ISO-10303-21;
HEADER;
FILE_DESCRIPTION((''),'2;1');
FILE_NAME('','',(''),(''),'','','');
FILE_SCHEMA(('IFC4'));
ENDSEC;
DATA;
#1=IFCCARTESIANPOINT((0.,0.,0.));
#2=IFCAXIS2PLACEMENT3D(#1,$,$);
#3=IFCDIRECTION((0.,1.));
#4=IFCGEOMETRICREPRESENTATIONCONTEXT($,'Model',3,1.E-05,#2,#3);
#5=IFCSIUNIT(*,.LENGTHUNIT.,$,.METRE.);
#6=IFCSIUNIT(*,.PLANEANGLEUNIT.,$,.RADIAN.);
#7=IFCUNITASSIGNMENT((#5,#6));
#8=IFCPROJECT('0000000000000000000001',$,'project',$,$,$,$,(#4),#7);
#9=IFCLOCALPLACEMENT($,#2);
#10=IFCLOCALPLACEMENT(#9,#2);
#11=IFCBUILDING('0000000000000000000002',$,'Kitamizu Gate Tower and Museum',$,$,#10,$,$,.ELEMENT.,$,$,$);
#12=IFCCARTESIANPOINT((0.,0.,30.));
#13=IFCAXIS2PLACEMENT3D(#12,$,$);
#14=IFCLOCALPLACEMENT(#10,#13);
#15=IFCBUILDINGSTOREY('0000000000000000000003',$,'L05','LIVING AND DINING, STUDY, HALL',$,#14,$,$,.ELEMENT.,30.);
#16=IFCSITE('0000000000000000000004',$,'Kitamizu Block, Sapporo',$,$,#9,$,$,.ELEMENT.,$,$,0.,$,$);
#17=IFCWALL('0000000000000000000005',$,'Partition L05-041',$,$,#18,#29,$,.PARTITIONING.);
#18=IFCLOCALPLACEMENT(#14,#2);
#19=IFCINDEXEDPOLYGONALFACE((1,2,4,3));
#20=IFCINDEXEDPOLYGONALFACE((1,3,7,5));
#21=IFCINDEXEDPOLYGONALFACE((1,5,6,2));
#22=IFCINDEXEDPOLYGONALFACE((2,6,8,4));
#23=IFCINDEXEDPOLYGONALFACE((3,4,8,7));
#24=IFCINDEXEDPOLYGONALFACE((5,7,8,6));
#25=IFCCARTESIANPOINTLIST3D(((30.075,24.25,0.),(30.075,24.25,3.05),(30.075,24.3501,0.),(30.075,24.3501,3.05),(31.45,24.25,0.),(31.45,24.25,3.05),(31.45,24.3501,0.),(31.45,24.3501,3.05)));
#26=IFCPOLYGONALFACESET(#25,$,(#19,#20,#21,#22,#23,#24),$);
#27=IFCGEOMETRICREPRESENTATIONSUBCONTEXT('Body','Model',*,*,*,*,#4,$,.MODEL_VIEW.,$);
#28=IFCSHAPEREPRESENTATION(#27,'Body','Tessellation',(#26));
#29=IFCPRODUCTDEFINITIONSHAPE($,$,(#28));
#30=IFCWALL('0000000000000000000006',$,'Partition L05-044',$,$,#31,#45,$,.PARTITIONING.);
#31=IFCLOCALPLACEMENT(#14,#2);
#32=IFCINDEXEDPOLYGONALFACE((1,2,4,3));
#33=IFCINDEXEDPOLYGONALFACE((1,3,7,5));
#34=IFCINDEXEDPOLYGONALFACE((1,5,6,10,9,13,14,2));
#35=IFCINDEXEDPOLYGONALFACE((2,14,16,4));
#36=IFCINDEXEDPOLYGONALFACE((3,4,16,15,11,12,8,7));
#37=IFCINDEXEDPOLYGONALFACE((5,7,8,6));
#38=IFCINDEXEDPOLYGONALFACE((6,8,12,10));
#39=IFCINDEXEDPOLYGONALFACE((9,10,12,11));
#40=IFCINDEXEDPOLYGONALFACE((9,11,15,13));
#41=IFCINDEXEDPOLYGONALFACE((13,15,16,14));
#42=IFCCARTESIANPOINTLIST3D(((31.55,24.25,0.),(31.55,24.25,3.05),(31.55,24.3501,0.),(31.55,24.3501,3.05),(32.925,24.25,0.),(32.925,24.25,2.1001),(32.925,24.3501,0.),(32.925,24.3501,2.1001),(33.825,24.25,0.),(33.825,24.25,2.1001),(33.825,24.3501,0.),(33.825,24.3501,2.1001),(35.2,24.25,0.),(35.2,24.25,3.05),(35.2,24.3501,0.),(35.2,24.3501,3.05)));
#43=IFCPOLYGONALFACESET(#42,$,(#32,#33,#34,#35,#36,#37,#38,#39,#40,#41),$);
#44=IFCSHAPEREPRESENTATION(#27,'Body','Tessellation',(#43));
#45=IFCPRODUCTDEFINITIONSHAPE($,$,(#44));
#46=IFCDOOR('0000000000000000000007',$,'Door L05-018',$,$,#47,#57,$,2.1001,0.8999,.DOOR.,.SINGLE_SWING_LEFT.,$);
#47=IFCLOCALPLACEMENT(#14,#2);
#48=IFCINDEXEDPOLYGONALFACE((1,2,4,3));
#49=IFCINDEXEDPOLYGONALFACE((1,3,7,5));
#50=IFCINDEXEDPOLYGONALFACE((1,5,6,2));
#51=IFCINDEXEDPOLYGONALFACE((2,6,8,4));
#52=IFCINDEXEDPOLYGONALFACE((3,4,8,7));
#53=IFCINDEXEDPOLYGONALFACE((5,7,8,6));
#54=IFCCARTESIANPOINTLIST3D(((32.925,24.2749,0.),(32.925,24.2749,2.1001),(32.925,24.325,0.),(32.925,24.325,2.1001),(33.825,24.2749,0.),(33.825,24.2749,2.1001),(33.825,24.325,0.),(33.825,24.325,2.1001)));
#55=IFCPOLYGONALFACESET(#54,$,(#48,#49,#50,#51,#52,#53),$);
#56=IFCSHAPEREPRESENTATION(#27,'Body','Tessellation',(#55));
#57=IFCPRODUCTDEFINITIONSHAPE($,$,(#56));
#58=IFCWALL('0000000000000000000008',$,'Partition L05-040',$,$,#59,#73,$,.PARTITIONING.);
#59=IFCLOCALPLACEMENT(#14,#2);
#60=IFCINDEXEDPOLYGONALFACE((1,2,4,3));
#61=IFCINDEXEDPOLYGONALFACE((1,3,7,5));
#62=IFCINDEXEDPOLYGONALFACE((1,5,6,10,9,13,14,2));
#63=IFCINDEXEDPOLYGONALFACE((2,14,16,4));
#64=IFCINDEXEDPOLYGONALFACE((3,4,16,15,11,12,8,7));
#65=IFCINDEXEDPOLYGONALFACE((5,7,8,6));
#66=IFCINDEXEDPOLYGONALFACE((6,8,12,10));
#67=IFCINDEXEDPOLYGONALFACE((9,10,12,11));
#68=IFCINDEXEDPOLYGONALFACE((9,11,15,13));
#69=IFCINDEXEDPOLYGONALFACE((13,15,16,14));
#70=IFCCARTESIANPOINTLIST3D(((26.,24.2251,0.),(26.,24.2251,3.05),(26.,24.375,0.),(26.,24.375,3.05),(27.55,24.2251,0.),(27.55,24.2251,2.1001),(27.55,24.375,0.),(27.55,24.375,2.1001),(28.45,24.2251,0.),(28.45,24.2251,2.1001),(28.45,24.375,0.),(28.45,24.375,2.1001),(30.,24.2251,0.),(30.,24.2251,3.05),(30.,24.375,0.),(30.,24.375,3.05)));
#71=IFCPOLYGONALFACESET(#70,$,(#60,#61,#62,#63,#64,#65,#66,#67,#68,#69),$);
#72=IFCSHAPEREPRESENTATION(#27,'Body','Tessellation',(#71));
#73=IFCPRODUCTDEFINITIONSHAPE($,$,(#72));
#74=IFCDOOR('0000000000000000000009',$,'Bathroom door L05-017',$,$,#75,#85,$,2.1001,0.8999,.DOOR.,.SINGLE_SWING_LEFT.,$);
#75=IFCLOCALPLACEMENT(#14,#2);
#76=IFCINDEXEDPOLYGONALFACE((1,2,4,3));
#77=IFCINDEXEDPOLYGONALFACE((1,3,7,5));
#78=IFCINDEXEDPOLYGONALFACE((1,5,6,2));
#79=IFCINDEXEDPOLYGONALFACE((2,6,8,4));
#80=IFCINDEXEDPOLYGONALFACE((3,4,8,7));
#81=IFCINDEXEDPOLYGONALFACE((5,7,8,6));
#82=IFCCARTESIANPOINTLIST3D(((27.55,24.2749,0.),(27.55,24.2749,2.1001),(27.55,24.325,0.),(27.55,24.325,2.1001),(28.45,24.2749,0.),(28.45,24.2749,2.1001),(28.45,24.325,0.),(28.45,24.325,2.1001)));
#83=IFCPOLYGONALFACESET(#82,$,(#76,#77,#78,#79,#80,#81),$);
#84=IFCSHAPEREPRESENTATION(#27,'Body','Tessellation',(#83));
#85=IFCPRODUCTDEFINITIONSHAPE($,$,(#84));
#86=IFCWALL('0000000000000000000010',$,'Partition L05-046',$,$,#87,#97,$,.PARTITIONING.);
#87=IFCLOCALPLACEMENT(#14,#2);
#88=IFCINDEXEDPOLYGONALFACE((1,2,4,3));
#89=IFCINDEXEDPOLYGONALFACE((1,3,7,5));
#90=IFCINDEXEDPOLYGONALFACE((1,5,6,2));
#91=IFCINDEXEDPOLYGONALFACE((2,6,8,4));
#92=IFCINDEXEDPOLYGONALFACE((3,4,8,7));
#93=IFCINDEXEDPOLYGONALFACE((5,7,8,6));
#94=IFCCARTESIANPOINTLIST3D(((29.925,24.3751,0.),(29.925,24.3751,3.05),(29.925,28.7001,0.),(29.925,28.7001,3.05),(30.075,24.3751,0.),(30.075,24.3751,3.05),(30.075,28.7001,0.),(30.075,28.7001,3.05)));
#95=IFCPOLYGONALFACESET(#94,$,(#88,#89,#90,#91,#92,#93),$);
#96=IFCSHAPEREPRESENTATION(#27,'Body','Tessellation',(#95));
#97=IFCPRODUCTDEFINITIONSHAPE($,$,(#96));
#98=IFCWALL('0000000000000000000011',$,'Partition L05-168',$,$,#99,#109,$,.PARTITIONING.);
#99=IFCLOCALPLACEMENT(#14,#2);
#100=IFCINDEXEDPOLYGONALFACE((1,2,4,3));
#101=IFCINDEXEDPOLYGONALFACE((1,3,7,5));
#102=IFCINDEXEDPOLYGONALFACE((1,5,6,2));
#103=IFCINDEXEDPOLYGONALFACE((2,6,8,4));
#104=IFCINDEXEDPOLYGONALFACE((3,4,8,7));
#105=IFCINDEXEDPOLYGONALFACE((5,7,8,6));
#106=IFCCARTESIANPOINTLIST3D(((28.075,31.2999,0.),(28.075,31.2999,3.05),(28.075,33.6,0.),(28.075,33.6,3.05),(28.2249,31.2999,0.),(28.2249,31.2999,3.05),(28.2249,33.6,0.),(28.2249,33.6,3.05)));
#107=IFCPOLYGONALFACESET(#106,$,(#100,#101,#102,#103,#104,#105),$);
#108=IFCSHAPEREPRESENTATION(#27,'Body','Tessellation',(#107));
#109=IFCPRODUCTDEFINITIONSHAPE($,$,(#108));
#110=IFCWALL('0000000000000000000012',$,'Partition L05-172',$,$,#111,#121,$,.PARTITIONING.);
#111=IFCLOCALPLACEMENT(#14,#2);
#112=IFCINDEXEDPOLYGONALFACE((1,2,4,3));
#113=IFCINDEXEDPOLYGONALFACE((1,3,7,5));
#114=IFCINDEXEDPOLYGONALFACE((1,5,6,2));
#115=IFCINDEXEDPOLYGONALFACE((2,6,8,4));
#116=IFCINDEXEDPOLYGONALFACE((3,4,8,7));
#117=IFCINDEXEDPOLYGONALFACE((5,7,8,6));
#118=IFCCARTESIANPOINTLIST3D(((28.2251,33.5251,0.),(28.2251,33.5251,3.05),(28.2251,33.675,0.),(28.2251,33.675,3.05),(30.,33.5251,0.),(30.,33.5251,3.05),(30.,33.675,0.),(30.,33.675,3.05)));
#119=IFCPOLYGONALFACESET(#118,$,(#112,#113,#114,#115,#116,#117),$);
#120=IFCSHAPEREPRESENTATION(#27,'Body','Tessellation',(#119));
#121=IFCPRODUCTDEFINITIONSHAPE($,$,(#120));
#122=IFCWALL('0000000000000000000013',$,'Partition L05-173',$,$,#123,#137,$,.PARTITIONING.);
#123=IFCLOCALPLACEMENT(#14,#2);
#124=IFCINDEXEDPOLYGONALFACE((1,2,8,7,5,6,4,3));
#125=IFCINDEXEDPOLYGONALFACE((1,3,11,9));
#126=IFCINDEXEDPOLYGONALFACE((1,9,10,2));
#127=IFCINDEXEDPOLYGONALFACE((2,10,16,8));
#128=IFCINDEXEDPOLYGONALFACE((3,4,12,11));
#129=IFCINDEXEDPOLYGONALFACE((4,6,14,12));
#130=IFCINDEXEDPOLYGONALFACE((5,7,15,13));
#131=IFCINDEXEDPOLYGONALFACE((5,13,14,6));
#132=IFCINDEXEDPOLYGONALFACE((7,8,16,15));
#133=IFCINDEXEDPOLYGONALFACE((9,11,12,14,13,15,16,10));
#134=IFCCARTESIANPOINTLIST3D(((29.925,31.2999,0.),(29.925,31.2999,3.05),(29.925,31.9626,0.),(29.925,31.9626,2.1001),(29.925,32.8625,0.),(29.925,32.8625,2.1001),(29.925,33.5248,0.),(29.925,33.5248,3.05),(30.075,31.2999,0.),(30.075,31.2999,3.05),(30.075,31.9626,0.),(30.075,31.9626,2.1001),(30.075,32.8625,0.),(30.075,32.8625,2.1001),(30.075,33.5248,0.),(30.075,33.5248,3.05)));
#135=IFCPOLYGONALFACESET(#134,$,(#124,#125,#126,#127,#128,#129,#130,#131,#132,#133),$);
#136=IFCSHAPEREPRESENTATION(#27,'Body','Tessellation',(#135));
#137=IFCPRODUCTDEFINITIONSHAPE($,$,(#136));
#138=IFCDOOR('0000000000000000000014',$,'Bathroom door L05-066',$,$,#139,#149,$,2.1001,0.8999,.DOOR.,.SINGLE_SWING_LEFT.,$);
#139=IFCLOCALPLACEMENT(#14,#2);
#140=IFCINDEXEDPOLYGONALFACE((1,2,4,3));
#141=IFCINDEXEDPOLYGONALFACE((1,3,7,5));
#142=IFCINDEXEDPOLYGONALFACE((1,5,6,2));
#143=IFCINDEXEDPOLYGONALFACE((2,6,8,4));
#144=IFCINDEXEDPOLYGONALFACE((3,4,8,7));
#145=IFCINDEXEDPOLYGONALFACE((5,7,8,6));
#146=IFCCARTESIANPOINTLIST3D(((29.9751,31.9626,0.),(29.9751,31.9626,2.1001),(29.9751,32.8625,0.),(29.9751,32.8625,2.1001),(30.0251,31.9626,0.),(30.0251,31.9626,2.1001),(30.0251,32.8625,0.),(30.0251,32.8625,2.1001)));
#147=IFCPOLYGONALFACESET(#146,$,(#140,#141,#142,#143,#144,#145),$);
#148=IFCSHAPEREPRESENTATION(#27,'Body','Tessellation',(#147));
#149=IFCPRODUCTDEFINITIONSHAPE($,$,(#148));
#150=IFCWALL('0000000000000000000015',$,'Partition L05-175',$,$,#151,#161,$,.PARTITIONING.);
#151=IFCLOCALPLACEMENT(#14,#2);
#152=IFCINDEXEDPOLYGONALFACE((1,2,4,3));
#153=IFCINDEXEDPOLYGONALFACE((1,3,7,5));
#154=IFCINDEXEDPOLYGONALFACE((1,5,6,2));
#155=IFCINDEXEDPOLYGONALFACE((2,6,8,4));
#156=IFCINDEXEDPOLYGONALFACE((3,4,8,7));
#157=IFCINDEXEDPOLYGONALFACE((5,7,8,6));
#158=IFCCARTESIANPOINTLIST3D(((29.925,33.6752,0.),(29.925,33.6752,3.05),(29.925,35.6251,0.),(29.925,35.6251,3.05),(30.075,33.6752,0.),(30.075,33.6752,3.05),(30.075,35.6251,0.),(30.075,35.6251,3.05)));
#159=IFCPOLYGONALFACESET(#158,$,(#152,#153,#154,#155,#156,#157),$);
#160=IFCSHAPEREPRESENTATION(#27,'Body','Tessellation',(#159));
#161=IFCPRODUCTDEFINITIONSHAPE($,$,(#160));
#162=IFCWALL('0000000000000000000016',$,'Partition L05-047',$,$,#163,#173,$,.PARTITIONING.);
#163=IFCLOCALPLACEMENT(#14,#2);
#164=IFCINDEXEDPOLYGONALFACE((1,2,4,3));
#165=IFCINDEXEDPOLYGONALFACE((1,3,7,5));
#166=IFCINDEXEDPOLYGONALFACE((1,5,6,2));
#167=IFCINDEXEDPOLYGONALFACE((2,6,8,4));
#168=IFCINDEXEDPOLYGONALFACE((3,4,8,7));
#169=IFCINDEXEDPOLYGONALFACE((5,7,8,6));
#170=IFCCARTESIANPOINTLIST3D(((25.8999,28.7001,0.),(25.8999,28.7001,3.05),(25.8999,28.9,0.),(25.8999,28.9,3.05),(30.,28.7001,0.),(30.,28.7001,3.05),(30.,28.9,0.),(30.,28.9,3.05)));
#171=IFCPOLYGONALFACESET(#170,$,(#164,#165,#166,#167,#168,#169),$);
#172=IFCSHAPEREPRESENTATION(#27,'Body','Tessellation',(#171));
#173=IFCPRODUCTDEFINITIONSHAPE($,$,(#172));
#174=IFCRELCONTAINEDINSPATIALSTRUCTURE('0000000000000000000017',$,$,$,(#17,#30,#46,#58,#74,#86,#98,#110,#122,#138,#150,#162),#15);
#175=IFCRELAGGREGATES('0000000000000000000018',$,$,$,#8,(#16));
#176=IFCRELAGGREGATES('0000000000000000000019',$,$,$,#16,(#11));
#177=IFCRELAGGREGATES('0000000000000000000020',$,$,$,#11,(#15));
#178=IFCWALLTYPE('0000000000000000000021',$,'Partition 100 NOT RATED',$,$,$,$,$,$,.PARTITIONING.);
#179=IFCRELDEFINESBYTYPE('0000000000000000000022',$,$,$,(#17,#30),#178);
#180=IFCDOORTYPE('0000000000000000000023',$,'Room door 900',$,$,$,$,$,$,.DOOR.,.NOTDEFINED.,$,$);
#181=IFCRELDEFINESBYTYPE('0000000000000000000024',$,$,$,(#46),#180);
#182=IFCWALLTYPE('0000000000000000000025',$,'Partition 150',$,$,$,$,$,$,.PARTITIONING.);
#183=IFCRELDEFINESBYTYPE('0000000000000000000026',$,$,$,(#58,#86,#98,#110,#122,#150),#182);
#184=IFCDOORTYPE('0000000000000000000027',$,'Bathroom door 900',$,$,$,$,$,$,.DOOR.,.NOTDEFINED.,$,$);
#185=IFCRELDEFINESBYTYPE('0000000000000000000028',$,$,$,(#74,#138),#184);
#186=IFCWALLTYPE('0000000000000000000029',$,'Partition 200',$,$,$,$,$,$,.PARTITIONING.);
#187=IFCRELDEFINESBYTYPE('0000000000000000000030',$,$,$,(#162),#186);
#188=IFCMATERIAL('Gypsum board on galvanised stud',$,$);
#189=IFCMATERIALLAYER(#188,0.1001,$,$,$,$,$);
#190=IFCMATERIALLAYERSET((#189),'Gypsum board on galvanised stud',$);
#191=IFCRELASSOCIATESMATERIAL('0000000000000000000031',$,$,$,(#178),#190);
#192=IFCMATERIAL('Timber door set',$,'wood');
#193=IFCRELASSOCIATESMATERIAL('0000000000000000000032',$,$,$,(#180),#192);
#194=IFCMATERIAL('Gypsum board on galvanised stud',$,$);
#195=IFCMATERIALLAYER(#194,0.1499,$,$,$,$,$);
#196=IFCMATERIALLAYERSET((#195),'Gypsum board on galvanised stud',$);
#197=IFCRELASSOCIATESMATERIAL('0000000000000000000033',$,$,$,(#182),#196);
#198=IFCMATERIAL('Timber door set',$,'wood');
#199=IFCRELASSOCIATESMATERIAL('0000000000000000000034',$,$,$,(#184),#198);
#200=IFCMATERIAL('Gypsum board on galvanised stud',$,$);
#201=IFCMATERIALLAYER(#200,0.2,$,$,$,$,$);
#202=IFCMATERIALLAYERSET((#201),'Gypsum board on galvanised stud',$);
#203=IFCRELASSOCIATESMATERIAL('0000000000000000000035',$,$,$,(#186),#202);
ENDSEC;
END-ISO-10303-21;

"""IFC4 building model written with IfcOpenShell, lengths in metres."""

from ifc_helpers import new_model, si_unit, direction, frame, frame_2d, origin, place, context, subcontext, project, spatial, rectangle, extrude, material, layer, layer_set, type_object, element, fill, save


model = new_model("IFC4")

# Units and contexts
model_context = context("Model", 3, precision=1e-05, world=origin(), true_north=direction((0.0, 1.0)))
body_context = subcontext(model_context, "Body", "Model", "MODEL_VIEW")
ifc_project = project(units=[si_unit("LENGTHUNIT", "METRE"), si_unit("PLANEANGLEUNIT", "RADIAN")], contexts=[model_context])

# Site, building, storey
site_placement = place(None, origin())
site = spatial("IfcSite", under=ifc_project, at=site_placement, Name="Kitamizu Block, Sapporo", CompositionType="ELEMENT", RefElevation=0.0)
building_placement = place(site_placement, origin())
building = spatial("IfcBuilding", under=site, at=building_placement, Name="Kitamizu Gate Tower and Museum", CompositionType="ELEMENT")
storey_placement = place(building_placement, frame((0.0, 0.0, 30.0)))
storey = spatial("IfcBuildingStorey", under=building, at=storey_placement, Name="L05", Description="LIVING AND DINING, STUDY, HALL", CompositionType="ELEMENT", Elevation=30.0)

# Wall
ifc_material_1 = material(Name="Gypsum board on galvanised stud")
ifc_layer_1 = layer(ifc_material_1, 0.1001)
ifc_layer_set_1 = layer_set([ifc_layer_1], Name="Gypsum board on galvanised stud")
wall_type_1 = type_object("IfcWallType", Name="Partition 100 NOT RATED", PredefinedType="PARTITIONING", material=ifc_layer_set_1)
wall_1_placement = place(storey_placement, frame((31.45, 24.3, 0.0), z_axis=(0.0, 0.0, 1.0), x_axis=(-1.0, 0.0, 0.0)))
element("IfcWall", 1, at=wall_1_placement, inside=storey, type_object=wall_type_1, Name="Partition L05-041", PredefinedType="PARTITIONING", context=body_context, shape_type="SweptSolid", body=[
    extrude(rectangle(XDim=1.375, YDim=0.1001, at=frame_2d((0.6875, 0.0))), origin(), (0.0, 0.0, 1.0), 3.05),
])

# Walls, openings, doors
wall_2_placement = place(storey_placement, frame((35.2, 24.3, 0.0), z_axis=(0.0, 0.0, 1.0), x_axis=(-1.0, 0.0, 0.0)))
wall_2 = element("IfcWall", 2, at=wall_2_placement, inside=storey, type_object=wall_type_1, Name="Partition L05-044", PredefinedType="PARTITIONING", context=body_context, shape_type="SweptSolid", body=[
    extrude(rectangle(XDim=3.6499, YDim=0.1001, at=frame_2d((1.825, 0.0))), origin(), (0.0, 0.0, 1.0), 3.05),
])
opening_1_placement = place(wall_2_placement, frame((1.375, 0.0, 0.0)))
opening_1 = element("IfcOpeningElement", 3, at=opening_1_placement, cuts=wall_2, PredefinedType="OPENING", context=body_context, shape_type="SweptSolid", body=[
    extrude(rectangle(XDim=0.8999, YDim=2.1001, at=frame_2d((0.45, 1.05))), frame((0.0, 0.0601, 0.0), z_axis=(0.0, -1.0, 0.0), x_axis=(1.0, 0.0, 0.0)), (0.0, 0.0, 1.0), 0.1201),
])
ifc_material_2 = material(Name="Timber door set", Category="wood")
door_type_1 = type_object("IfcDoorType", Name="Room door 900", OperationType="NOTDEFINED", PredefinedType="DOOR", material=ifc_material_2)
door_1_placement = place(opening_1_placement, frame((0.8999, 0.0, 0.0), x_axis=(-1.0, 0.0, 0.0)))
door_1 = element("IfcDoor", 4, at=door_1_placement, inside=storey, type_object=door_type_1, Name="Door L05-018", OperationType="SINGLE_SWING_LEFT", OverallHeight=2.1001, OverallWidth=0.8999, PredefinedType="DOOR", context=body_context, shape_type="SweptSolid", body=[
    extrude(rectangle(XDim=0.8999, YDim=2.1001, at=frame_2d((0.45, 1.05))), frame((0.0, 0.0249, 0.0), z_axis=(0.0, -1.0, 0.0), x_axis=(1.0, 0.0, 0.0)), (0.0, 0.0, 1.0), 0.05),
])
fill(opening_1, door_1)
ifc_material_3 = material(Name="Gypsum board on galvanised stud")
ifc_layer_2 = layer(ifc_material_3, 0.1499)
ifc_layer_set_2 = layer_set([ifc_layer_2], Name="Gypsum board on galvanised stud")
wall_type_2 = type_object("IfcWallType", Name="Partition 150", PredefinedType="PARTITIONING", material=ifc_layer_set_2)
wall_3_placement = place(storey_placement, frame((30.0, 24.3, 0.0), z_axis=(0.0, 0.0, 1.0), x_axis=(-1.0, 0.0, 0.0)))
wall_3 = element("IfcWall", 5, at=wall_3_placement, inside=storey, type_object=wall_type_2, Name="Partition L05-040", PredefinedType="PARTITIONING", context=body_context, shape_type="SweptSolid", body=[
    extrude(rectangle(XDim=4.0, YDim=0.1499, at=frame_2d((2.0, 0.0))), origin(), (0.0, 0.0, 1.0), 3.05),
])
opening_2_placement = place(wall_3_placement, frame((1.55, 0.0, 0.0)))
opening_2 = element("IfcOpeningElement", 6, at=opening_2_placement, cuts=wall_3, PredefinedType="OPENING", context=body_context, shape_type="SweptSolid", body=[
    extrude(rectangle(XDim=0.8999, YDim=2.1001, at=frame_2d((0.45, 1.05))), frame((0.0, 0.085, 0.0), z_axis=(0.0, -1.0, 0.0), x_axis=(1.0, 0.0, 0.0)), (0.0, 0.0, 1.0), 0.1699),
])
ifc_material_4 = material(Name="Timber door set", Category="wood")
door_type_2 = type_object("IfcDoorType", Name="Bathroom door 900", OperationType="NOTDEFINED", PredefinedType="DOOR", material=ifc_material_4)
door_2_placement = place(opening_2_placement, frame((0.8999, 0.0, 0.0), x_axis=(-1.0, 0.0, 0.0)))
door_2 = element("IfcDoor", 7, at=door_2_placement, inside=storey, type_object=door_type_2, Name="Bathroom door L05-017", OperationType="SINGLE_SWING_LEFT", OverallHeight=2.1001, OverallWidth=0.8999, PredefinedType="DOOR", context=body_context, shape_type="SweptSolid", body=[
    extrude(rectangle(XDim=0.8999, YDim=2.1001, at=frame_2d((0.45, 1.05))), frame((0.0, 0.0249, 0.0), z_axis=(0.0, -1.0, 0.0), x_axis=(1.0, 0.0, 0.0)), (0.0, 0.0, 1.0), 0.05),
])
fill(opening_2, door_2)

# Walls
wall_4_placement = place(storey_placement, frame((30.0, 24.375, 0.0), z_axis=(0.0, 0.0, 1.0), x_axis=(0.0, 1.0, 0.0)))
element("IfcWall", 8, at=wall_4_placement, inside=storey, type_object=wall_type_2, Name="Partition L05-046", PredefinedType="PARTITIONING", context=body_context, shape_type="SweptSolid", body=[
    extrude(rectangle(XDim=4.325, YDim=0.1499, at=frame_2d((2.1626, 0.0))), origin(), (0.0, 0.0, 1.0), 3.05),
])
wall_5_placement = place(storey_placement, frame((28.1499, 31.3, 0.0), z_axis=(0.0, 0.0, 1.0), x_axis=(0.0, 1.0, 0.0)))
element("IfcWall", 9, at=wall_5_placement, inside=storey, type_object=wall_type_2, Name="Partition L05-168", PredefinedType="PARTITIONING", context=body_context, shape_type="SweptSolid", body=[
    extrude(rectangle(XDim=2.3, YDim=0.1499, at=frame_2d((1.1499, 0.0))), origin(), (0.0, 0.0, 1.0), 3.05),
])
wall_6_placement = place(storey_placement, frame((30.0, 33.6001, 0.0), z_axis=(0.0, 0.0, 1.0), x_axis=(-1.0, 0.0, 0.0)))
element("IfcWall", 10, at=wall_6_placement, inside=storey, type_object=wall_type_2, Name="Partition L05-172", PredefinedType="PARTITIONING", context=body_context, shape_type="SweptSolid", body=[
    extrude(rectangle(XDim=1.7749, YDim=0.1499, at=frame_2d((0.8875, 0.0))), origin(), (0.0, 0.0, 1.0), 3.05),
])

# Wall, opening, door
wall_7_placement = place(storey_placement, frame((30.0, 31.3, 0.0), z_axis=(0.0, 0.0, 1.0), x_axis=(0.0, 1.0, 0.0)))
wall_7 = element("IfcWall", 11, at=wall_7_placement, inside=storey, type_object=wall_type_2, Name="Partition L05-173", PredefinedType="PARTITIONING", context=body_context, shape_type="SweptSolid", body=[
    extrude(rectangle(XDim=2.2249, YDim=0.1499, at=frame_2d((1.1123, 0.0))), origin(), (0.0, 0.0, 1.0), 3.05),
])
opening_3_placement = place(wall_7_placement, frame((0.6626, 0.0, 0.0)))
opening_3 = element("IfcOpeningElement", 12, at=opening_3_placement, cuts=wall_7, PredefinedType="OPENING", context=body_context, shape_type="SweptSolid", body=[
    extrude(rectangle(XDim=0.8999, YDim=2.1001, at=frame_2d((0.45, 1.05))), frame((0.0, 0.085, 0.0), z_axis=(0.0, -1.0, 0.0), x_axis=(1.0, 0.0, 0.0)), (0.0, 0.0, 1.0), 0.1699),
])
door_3_placement = place(opening_3_placement, origin())
door_3 = element("IfcDoor", 13, at=door_3_placement, inside=storey, type_object=door_type_2, Name="Bathroom door L05-066", OperationType="SINGLE_SWING_LEFT", OverallHeight=2.1001, OverallWidth=0.8999, PredefinedType="DOOR", context=body_context, shape_type="SweptSolid", body=[
    extrude(rectangle(XDim=0.8999, YDim=2.1001, at=frame_2d((0.45, 1.05))), frame((0.0, 0.0249, 0.0), z_axis=(0.0, -1.0, 0.0), x_axis=(1.0, 0.0, 0.0)), (0.0, 0.0, 1.0), 0.05),
])
fill(opening_3, door_3)

# Walls
wall_8_placement = place(storey_placement, frame((30.0, 33.675, 0.0), z_axis=(0.0, 0.0, 1.0), x_axis=(0.0, 1.0, 0.0)))
element("IfcWall", 14, at=wall_8_placement, inside=storey, type_object=wall_type_2, Name="Partition L05-175", PredefinedType="PARTITIONING", context=body_context, shape_type="SweptSolid", body=[
    extrude(rectangle(XDim=1.95, YDim=0.1499, at=frame_2d((0.9751, 0.0))), origin(), (0.0, 0.0, 1.0), 3.05),
])
ifc_material_5 = material(Name="Gypsum board on galvanised stud")
ifc_layer_3 = layer(ifc_material_5, 0.2)
ifc_layer_set_3 = layer_set([ifc_layer_3], Name="Gypsum board on galvanised stud")
wall_type_3 = type_object("IfcWallType", Name="Partition 200", PredefinedType="PARTITIONING", material=ifc_layer_set_3)
wall_9_placement = place(storey_placement, frame((30.0, 28.8, 0.0), z_axis=(0.0, 0.0, 1.0), x_axis=(-1.0, 0.0, 0.0)))
element("IfcWall", 15, at=wall_9_placement, inside=storey, type_object=wall_type_3, Name="Partition L05-047", PredefinedType="PARTITIONING", context=body_context, shape_type="SweptSolid", body=[
    extrude(rectangle(XDim=4.1001, YDim=0.2, at=frame_2d((2.05, 0.0))), origin(), (0.0, 0.0, 1.0), 3.05),
])

save(model, "model.ifc")
